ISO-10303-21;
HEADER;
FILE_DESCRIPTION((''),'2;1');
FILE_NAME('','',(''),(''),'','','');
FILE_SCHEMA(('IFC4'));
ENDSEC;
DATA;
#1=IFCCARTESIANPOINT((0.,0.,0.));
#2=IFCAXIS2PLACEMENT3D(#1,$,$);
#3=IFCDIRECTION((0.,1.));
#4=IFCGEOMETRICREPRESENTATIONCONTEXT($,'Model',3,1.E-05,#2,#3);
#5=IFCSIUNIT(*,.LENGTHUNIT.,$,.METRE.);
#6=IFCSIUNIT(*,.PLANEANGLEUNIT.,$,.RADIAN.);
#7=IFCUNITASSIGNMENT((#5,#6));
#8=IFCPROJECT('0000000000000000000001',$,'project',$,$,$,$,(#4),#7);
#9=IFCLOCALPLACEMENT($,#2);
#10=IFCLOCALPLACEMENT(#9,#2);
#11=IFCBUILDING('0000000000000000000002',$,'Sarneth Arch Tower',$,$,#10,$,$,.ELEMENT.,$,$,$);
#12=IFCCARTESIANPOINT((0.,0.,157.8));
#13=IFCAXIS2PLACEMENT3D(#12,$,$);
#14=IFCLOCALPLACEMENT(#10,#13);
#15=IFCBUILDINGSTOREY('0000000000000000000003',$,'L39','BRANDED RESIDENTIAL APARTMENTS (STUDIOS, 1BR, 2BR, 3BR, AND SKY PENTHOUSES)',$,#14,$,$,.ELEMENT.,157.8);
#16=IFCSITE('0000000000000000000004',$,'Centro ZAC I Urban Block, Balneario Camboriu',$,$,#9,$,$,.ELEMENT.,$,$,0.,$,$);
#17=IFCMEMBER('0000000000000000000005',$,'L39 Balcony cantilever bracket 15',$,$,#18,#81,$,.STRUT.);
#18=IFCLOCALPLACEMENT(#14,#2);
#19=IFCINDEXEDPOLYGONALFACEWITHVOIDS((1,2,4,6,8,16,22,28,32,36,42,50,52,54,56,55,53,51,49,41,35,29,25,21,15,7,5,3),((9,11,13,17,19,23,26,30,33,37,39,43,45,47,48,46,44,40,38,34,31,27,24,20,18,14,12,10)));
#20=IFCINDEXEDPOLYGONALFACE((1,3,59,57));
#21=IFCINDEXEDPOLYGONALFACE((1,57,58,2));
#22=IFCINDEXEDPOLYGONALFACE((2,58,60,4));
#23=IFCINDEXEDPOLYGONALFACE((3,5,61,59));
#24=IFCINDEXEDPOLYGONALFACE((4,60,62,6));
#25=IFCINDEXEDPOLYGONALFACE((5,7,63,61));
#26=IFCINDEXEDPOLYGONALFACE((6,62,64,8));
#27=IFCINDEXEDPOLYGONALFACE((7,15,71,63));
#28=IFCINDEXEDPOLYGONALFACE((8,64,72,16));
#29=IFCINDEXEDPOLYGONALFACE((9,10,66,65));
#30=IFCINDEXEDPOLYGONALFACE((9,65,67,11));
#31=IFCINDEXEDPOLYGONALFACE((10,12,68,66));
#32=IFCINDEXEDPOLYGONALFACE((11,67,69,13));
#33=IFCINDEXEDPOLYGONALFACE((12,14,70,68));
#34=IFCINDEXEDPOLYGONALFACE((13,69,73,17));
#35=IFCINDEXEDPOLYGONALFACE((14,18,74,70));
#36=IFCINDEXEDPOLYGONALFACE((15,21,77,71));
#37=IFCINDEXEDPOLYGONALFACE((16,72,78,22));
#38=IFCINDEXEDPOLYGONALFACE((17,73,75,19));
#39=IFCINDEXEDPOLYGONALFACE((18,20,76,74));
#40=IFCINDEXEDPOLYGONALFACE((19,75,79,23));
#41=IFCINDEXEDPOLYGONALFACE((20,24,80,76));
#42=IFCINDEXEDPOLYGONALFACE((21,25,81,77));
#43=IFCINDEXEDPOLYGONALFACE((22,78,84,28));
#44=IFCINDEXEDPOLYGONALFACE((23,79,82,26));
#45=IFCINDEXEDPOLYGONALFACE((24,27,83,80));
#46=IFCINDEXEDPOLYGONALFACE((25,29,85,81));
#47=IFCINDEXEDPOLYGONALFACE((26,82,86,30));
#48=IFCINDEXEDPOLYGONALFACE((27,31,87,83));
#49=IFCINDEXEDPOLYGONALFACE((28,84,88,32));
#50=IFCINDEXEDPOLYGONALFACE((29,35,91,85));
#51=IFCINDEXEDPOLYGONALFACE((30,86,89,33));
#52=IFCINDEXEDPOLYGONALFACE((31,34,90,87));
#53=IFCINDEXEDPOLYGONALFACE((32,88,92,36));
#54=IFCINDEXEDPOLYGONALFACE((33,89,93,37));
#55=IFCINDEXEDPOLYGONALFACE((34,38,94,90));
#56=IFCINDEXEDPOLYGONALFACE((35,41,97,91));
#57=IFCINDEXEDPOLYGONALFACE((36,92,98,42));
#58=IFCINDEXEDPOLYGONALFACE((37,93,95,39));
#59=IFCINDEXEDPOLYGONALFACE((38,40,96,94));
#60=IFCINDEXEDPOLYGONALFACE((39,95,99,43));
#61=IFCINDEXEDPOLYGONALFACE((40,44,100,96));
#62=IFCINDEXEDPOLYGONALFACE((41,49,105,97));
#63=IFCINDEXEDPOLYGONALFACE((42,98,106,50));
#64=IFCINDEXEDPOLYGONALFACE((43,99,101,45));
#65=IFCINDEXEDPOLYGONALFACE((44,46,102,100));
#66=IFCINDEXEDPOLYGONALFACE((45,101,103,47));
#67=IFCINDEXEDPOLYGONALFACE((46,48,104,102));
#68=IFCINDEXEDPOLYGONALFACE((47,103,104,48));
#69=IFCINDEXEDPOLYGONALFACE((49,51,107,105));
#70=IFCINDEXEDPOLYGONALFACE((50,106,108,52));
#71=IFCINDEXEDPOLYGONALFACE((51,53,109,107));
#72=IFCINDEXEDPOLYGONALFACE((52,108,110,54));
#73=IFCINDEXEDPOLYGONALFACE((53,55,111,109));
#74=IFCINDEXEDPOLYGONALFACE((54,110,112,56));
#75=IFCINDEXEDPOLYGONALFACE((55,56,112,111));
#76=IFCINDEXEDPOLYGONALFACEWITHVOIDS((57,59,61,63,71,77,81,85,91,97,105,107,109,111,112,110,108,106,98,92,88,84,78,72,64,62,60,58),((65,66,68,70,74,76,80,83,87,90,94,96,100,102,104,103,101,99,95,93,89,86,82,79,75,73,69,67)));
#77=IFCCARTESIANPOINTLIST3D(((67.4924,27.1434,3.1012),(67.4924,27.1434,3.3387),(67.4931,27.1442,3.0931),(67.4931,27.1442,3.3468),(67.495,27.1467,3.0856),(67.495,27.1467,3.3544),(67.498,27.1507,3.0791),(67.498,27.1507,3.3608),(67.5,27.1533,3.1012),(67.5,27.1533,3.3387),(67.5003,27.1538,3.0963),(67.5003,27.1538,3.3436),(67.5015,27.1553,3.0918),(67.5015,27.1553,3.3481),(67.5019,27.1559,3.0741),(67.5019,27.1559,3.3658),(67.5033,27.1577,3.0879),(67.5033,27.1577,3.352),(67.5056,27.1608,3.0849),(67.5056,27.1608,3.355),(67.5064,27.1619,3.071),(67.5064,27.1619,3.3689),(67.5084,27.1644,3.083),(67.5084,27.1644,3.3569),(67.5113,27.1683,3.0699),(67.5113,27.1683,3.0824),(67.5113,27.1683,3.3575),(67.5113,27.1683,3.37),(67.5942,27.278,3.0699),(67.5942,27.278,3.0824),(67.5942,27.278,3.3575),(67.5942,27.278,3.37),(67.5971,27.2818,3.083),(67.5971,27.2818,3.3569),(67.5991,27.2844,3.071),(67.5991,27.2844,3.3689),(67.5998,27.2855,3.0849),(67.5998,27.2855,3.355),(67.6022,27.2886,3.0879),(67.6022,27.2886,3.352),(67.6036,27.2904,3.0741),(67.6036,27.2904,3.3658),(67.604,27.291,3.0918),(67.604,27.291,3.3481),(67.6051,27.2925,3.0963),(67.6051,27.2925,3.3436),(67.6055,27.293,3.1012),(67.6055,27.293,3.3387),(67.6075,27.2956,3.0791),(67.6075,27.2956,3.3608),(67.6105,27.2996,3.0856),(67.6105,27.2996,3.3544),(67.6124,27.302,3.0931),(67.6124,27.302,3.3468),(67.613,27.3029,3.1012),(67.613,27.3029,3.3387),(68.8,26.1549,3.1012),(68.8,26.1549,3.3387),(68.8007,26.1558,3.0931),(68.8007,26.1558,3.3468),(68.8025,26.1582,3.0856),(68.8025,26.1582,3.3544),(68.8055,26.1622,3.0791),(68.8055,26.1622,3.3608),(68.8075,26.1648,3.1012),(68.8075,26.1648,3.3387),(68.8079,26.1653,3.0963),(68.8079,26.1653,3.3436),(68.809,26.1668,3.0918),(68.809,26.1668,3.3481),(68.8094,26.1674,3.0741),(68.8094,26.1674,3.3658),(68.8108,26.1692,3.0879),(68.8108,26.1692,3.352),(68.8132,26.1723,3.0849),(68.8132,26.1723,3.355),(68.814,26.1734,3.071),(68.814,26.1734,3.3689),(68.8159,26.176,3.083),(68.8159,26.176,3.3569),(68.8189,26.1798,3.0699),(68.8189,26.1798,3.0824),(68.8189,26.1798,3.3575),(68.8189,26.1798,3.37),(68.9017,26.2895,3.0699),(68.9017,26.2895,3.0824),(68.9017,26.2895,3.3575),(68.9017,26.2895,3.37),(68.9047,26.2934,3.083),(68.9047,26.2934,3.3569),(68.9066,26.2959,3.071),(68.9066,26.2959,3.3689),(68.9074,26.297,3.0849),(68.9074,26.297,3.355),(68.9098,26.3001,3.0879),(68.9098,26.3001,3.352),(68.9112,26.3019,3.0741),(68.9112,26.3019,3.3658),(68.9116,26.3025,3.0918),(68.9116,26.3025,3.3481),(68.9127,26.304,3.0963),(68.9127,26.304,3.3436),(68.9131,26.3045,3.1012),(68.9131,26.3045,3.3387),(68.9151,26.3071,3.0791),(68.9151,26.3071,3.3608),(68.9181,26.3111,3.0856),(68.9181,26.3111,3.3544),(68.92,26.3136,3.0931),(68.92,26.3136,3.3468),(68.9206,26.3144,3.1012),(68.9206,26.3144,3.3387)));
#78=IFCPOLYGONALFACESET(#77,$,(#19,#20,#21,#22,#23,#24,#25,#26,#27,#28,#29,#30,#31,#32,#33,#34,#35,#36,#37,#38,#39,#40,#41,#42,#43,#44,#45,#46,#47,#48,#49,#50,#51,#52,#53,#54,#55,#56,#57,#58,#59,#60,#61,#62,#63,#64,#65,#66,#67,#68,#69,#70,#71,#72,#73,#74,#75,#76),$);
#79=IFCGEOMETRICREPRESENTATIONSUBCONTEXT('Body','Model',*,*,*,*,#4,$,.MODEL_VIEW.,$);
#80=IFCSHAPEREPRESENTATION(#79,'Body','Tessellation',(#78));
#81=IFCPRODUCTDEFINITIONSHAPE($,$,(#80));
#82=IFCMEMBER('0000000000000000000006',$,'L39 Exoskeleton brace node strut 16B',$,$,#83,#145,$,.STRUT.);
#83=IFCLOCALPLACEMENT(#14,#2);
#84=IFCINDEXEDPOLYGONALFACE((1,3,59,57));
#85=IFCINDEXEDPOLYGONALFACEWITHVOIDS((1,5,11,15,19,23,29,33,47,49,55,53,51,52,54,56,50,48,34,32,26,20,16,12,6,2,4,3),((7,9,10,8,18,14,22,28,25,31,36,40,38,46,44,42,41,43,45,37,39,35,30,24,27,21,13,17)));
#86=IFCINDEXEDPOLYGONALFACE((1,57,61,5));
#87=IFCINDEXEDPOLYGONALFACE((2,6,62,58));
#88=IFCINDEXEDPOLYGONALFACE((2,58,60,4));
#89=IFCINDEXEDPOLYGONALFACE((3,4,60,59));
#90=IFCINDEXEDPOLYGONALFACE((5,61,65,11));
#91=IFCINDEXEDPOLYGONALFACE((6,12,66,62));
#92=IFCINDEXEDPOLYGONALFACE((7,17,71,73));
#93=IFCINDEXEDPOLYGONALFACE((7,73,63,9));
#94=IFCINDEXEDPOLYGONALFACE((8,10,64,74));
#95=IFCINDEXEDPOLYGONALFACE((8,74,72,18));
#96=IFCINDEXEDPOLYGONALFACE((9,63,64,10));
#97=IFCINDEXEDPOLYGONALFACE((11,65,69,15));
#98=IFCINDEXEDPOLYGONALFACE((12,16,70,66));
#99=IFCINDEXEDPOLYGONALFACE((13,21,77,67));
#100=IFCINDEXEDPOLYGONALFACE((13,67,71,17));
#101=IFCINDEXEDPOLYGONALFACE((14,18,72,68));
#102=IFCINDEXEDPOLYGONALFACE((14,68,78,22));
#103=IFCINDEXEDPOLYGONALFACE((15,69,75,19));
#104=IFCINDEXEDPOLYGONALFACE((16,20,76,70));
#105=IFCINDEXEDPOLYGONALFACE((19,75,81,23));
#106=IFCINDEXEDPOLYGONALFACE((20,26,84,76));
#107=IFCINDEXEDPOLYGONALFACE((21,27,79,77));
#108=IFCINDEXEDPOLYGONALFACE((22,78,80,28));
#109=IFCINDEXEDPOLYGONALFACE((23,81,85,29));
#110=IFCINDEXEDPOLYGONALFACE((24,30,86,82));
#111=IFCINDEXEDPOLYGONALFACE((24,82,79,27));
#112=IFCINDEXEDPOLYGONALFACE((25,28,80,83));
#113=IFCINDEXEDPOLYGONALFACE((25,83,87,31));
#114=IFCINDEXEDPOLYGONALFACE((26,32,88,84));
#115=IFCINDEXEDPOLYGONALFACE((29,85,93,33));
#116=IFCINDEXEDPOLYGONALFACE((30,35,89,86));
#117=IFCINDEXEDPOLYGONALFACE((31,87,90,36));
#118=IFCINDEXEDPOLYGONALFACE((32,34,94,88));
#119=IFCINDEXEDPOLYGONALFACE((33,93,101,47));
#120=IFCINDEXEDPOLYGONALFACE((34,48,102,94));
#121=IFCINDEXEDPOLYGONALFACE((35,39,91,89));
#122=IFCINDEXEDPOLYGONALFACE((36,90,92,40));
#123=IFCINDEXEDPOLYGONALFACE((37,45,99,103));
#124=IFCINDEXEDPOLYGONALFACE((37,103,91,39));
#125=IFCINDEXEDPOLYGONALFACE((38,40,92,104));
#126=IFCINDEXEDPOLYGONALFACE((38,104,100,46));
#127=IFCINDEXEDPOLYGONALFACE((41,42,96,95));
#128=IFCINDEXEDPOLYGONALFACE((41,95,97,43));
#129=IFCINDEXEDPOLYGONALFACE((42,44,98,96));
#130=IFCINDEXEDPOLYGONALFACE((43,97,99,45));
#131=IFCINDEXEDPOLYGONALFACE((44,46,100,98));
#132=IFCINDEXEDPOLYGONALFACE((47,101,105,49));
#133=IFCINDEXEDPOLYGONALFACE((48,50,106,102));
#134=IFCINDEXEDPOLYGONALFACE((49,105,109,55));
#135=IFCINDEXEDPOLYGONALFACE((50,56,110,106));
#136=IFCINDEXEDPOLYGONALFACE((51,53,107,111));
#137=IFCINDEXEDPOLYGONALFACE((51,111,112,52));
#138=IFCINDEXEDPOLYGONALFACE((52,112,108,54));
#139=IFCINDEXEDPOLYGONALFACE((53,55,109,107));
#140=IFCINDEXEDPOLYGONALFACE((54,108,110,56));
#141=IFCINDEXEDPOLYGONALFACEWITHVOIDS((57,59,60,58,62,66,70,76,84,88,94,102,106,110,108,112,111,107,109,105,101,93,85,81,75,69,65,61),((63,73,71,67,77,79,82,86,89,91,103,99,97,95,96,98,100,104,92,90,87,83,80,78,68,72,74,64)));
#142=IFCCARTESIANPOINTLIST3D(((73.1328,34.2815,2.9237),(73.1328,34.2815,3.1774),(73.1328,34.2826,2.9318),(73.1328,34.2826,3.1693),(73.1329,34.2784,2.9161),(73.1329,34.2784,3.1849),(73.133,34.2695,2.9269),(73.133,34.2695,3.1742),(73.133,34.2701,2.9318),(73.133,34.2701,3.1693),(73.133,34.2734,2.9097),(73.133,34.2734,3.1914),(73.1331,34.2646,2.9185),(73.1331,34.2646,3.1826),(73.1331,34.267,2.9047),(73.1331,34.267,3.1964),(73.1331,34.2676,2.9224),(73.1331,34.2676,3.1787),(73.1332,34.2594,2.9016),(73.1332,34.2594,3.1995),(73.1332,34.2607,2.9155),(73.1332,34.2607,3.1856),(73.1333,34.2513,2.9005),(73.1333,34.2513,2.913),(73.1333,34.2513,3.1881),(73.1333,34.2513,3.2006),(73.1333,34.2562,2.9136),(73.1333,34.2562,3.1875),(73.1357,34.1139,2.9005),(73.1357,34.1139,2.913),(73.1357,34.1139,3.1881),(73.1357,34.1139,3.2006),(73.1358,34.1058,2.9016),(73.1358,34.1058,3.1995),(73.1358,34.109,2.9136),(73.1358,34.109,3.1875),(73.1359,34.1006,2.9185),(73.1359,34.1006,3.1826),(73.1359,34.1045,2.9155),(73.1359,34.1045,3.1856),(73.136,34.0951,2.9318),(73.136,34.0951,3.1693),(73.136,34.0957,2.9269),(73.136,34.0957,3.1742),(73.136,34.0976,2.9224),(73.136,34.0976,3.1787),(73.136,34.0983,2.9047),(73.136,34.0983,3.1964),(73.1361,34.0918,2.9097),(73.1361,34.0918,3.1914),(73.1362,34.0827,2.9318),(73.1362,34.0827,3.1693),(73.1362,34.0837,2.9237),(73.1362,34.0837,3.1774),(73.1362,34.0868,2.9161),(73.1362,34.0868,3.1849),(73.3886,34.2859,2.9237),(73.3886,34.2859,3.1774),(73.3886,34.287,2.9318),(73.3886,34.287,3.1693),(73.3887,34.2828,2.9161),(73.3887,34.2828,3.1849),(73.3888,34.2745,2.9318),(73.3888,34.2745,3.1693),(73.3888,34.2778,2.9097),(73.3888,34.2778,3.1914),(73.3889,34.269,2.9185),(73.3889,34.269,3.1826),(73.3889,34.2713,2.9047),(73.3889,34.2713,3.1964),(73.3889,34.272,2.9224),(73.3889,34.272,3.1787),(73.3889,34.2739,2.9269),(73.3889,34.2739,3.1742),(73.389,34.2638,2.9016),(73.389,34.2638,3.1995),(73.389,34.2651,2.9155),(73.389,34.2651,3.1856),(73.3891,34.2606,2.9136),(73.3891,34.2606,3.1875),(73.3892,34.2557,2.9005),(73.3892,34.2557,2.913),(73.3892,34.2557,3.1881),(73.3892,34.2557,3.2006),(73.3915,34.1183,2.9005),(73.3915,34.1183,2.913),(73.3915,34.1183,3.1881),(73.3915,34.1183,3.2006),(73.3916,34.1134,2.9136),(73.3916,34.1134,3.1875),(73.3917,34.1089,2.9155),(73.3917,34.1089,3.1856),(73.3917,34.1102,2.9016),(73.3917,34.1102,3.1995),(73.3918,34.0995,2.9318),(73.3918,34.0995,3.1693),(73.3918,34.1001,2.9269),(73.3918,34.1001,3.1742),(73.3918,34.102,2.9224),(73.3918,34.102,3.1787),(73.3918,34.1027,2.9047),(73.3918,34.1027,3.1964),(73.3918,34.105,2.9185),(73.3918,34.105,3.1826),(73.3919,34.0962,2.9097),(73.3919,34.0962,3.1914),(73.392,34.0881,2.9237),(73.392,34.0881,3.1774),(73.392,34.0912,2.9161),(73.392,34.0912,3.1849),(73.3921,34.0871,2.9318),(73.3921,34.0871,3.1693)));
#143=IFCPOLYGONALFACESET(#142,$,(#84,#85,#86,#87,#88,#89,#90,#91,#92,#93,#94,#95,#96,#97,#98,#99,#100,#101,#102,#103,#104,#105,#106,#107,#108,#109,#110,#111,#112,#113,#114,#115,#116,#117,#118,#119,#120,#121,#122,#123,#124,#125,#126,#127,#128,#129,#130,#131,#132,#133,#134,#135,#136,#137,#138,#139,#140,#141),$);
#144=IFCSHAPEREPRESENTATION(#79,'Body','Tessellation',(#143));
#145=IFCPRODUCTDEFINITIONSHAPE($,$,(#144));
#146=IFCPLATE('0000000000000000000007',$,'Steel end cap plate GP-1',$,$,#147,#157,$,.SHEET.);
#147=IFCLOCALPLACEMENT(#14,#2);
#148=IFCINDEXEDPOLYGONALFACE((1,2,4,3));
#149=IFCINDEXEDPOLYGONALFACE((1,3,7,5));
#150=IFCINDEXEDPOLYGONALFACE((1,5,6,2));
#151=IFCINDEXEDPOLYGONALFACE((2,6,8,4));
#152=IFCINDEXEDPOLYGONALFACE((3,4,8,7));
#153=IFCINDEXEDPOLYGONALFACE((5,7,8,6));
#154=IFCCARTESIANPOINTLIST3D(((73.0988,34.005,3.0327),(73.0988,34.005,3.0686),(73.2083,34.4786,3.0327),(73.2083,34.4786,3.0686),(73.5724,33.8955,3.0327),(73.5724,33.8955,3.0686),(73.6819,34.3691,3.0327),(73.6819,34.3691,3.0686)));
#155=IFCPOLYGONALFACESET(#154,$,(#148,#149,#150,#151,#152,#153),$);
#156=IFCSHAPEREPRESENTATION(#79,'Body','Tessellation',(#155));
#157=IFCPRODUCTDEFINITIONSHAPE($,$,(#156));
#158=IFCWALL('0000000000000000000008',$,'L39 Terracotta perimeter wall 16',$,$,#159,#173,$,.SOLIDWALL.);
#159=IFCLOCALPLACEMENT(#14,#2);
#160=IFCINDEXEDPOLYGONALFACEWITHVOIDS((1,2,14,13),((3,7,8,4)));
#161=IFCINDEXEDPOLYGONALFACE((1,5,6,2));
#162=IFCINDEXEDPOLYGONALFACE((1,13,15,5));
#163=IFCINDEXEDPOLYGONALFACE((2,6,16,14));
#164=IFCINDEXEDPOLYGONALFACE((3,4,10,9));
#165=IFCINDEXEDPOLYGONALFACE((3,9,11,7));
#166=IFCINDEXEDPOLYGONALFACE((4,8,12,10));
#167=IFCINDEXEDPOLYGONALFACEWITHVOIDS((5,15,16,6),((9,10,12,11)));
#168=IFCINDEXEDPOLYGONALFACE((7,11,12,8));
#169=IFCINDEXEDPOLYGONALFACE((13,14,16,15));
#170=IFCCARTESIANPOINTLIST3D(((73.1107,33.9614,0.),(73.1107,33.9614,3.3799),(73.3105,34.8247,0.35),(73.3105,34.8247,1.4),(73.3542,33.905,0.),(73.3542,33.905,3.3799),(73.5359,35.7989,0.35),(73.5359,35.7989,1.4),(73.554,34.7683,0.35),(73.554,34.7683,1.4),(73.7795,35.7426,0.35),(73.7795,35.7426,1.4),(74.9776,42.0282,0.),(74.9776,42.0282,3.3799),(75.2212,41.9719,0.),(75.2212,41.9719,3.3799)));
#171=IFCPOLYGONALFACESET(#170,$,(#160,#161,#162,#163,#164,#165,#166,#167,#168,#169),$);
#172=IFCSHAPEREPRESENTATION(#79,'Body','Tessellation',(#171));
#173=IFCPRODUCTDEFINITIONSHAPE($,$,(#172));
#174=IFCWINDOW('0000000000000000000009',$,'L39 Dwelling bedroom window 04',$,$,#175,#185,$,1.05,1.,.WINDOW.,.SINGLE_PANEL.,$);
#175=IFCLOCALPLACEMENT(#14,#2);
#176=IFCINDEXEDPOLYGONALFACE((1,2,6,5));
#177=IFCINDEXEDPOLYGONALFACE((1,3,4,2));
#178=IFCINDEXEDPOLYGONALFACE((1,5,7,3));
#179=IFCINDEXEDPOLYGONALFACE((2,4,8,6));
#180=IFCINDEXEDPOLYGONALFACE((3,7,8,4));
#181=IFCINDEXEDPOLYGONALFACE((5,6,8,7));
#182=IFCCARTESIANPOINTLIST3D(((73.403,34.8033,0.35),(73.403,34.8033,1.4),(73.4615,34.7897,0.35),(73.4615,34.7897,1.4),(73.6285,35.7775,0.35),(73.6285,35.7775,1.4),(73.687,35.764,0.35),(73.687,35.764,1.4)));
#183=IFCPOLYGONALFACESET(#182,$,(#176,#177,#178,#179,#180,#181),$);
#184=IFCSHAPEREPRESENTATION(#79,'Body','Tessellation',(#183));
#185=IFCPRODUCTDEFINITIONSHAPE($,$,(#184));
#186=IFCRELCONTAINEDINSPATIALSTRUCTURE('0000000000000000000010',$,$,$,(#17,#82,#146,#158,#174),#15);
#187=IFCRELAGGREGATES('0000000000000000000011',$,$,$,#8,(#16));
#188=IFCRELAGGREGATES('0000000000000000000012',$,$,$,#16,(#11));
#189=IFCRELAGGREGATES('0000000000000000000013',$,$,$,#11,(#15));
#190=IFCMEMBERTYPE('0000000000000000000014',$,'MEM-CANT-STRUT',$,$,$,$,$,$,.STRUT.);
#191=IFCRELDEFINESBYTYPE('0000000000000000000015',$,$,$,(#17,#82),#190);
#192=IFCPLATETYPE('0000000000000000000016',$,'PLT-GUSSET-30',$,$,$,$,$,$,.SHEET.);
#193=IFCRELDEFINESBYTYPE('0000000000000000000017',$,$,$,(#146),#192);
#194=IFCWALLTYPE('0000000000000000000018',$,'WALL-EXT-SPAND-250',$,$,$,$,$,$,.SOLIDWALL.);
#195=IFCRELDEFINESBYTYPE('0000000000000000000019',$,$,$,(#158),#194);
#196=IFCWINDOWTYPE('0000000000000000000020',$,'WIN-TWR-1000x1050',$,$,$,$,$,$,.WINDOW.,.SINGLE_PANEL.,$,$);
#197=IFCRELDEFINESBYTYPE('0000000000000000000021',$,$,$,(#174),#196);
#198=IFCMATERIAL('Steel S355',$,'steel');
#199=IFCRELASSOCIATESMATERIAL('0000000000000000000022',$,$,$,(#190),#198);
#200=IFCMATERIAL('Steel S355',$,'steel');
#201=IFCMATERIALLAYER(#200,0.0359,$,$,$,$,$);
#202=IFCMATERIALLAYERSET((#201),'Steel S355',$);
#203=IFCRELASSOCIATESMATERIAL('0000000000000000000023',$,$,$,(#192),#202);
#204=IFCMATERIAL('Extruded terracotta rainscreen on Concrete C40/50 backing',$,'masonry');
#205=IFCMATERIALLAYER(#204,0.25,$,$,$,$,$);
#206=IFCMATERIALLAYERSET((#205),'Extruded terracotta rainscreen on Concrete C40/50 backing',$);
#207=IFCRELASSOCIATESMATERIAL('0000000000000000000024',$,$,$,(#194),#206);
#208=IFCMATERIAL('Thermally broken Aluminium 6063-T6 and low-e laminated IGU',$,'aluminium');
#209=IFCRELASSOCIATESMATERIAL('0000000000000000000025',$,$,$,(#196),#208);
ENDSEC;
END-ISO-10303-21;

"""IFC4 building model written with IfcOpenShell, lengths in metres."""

from ifc_helpers import new_model, si_unit, direction, frame, frame_2d, origin, origin_2d, place, context, subcontext, project, spatial, rectangle, hollow_rectangle, extrude, material, layer, layer_set, material_profile, profile_set, type_object, element, fill, save


model = new_model("IFC4")

# Units and contexts
model_context = context("Model", 3, precision=1e-05, world=origin(), true_north=direction((0.0, 1.0)))
body_context = subcontext(model_context, "Body", "Model", "MODEL_VIEW")
ifc_project = project(units=[si_unit("LENGTHUNIT", "METRE"), si_unit("PLANEANGLEUNIT", "RADIAN")], contexts=[model_context])

# Site, building, storey
site_placement = place(None, origin())
site = spatial("IfcSite", under=ifc_project, at=site_placement, Name="Centro ZAC I Urban Block, Balneario Camboriu", CompositionType="ELEMENT", RefElevation=0.0)
building_placement = place(site_placement, origin())
building = spatial("IfcBuilding", under=site, at=building_placement, Name="Sarneth Arch Tower", CompositionType="ELEMENT")
storey_placement = place(building_placement, frame((0.0, 0.0, 157.8)))
storey = spatial("IfcBuildingStorey", under=building, at=storey_placement, Name="L39", Description="BRANDED RESIDENTIAL APARTMENTS (STUDIOS, 1BR, 2BR, 3BR, AND SKY PENTHOUSES)", CompositionType="ELEMENT", Elevation=157.8)

# Members
ifc_material_1 = material(Name="Steel S355", Category="steel")
ifc_material_profile_1 = material_profile(ifc_material_1, hollow_rectangle(XDim=0.2, YDim=0.3, WallThickness=0.0125, InnerFilletRadius=0.0188, OuterFilletRadius=0.0312, at=origin_2d()), Name="RHS300x200x12.5")
ifc_profile_set_1 = profile_set([ifc_material_profile_1], Name="Steel S355")
member_type = type_object("IfcMemberType", Name="MEM-CANT-STRUT", PredefinedType="STRUT", material=ifc_profile_set_1)
member_1_placement = place(storey_placement, frame((67.5527, 27.2231, 3.22), z_axis=(0.797707, -0.603046, 0.0), x_axis=(0.603046, 0.797707, 0.0)))
element("IfcMember", 1, at=member_1_placement, inside=storey, type_object=member_type, Name="L39 Balcony cantilever bracket 15", PredefinedType="STRUT", context=body_context, shape_type="SweptSolid", body=[
    extrude(hollow_rectangle(XDim=0.2, YDim=0.3, WallThickness=0.0125, InnerFilletRadius=0.0188, OuterFilletRadius=0.0312, at=origin_2d()), origin(), (0.0, 0.0, 1.0), 1.6392),
])
member_2_placement = place(storey_placement, frame((73.1345, 34.1826, 3.0505), z_axis=(0.999853, 0.017173, 0.0), x_axis=(-0.017173, 0.999853, 0.0)))
element("IfcMember", 2, at=member_2_placement, inside=storey, type_object=member_type, Name="L39 Exoskeleton brace node strut 16B", PredefinedType="STRUT", context=body_context, shape_type="SweptSolid", body=[
    extrude(hollow_rectangle(XDim=0.2, YDim=0.3, WallThickness=0.0125, InnerFilletRadius=0.0188, OuterFilletRadius=0.0312, at=origin_2d()), origin(), (0.0, 0.0, 1.0), 0.2559),
])

# Plate
ifc_material_2 = material(Name="Steel S355", Category="steel")
ifc_layer_1 = layer(ifc_material_2, 0.0359)
ifc_layer_set_1 = layer_set([ifc_layer_1], Name="Steel S355")
plate_type = type_object("IfcPlateType", Name="PLT-GUSSET-30", PredefinedType="SHEET", material=ifc_layer_set_1)
plate_placement = place(storey_placement, frame((73.3904, 34.187, 3.0327), z_axis=(0.0, 0.0, 1.0), x_axis=(0.225291, 0.974291, 0.0)))
element("IfcPlate", 3, at=plate_placement, inside=storey, type_object=plate_type, Name="Steel end cap plate GP-1", PredefinedType="SHEET", context=body_context, shape_type="SweptSolid", body=[
    extrude(rectangle(XDim=0.4861, YDim=0.4861, at=origin_2d()), origin(), (0.0, 0.0, 1.0), 0.0359),
])

# Wall, opening, window
ifc_material_3 = material(Name="Extruded terracotta rainscreen on Concrete C40/50 backing", Category="masonry")
ifc_layer_2 = layer(ifc_material_3, 0.25)
ifc_layer_set_2 = layer_set([ifc_layer_2], Name="Extruded terracotta rainscreen on Concrete C40/50 backing")
wall_type_1 = type_object("IfcWallType", Name="WALL-EXT-SPAND-250", PredefinedType="SOLIDWALL", material=ifc_layer_set_2)
wall_1_placement = place(storey_placement, frame((73.2324, 33.9331, 0.0), z_axis=(0.0, 0.0, 1.0), x_axis=(0.225473, 0.974249, 0.0)))
wall_1 = element("IfcWall", 4, at=wall_1_placement, inside=storey, type_object=wall_type_1, Name="L39 Terracotta perimeter wall 16", PredefinedType="SOLIDWALL", context=body_context, shape_type="SweptSolid", body=[
    extrude(rectangle(XDim=8.28, YDim=0.25, at=frame_2d((4.1401, 0.0))), origin(), (0.0, 0.0, 1.0), 3.3799),
])
opening_1_placement = place(wall_1_placement, frame((0.8862, 0.0, 0.3501)))
opening_1 = element("IfcOpeningElement", 5, at=opening_1_placement, cuts=wall_1, PredefinedType="OPENING", context=body_context, shape_type="SweptSolid", body=[
    extrude(rectangle(XDim=1.0, YDim=1.05, at=frame_2d((0.5, 0.5249))), frame((0.0, 0.135, 0.0), z_axis=(0.0, -1.0, 0.0), x_axis=(1.0, 0.0, 0.0)), (0.0, 0.0, 1.0), 0.27),
])
ifc_material_4 = material(Name="Thermally broken Aluminium 6063-T6 and low-e laminated IGU", Category="aluminium")
window_type = type_object("IfcWindowType", Name="WIN-TWR-1000x1050", PartitioningType="SINGLE_PANEL", PredefinedType="WINDOW", material=ifc_material_4)
window_placement = place(opening_1_placement, origin())
window = element("IfcWindow", 6, at=window_placement, inside=storey, type_object=window_type, Name="L39 Dwelling bedroom window 04", OverallHeight=1.05, OverallWidth=1.0, PartitioningType="SINGLE_PANEL", PredefinedType="WINDOW", context=body_context, shape_type="SweptSolid", body=[
    extrude(rectangle(XDim=1.0, YDim=1.05, at=frame_2d((0.5, 0.5249))), frame((0.0, 0.03, 0.0), z_axis=(0.0, -1.0, 0.0), x_axis=(1.0, 0.0, 0.0)), (0.0, 0.0, 1.0), 0.0601),
])
fill(opening_1, window)

save(model, "model.ifc")
